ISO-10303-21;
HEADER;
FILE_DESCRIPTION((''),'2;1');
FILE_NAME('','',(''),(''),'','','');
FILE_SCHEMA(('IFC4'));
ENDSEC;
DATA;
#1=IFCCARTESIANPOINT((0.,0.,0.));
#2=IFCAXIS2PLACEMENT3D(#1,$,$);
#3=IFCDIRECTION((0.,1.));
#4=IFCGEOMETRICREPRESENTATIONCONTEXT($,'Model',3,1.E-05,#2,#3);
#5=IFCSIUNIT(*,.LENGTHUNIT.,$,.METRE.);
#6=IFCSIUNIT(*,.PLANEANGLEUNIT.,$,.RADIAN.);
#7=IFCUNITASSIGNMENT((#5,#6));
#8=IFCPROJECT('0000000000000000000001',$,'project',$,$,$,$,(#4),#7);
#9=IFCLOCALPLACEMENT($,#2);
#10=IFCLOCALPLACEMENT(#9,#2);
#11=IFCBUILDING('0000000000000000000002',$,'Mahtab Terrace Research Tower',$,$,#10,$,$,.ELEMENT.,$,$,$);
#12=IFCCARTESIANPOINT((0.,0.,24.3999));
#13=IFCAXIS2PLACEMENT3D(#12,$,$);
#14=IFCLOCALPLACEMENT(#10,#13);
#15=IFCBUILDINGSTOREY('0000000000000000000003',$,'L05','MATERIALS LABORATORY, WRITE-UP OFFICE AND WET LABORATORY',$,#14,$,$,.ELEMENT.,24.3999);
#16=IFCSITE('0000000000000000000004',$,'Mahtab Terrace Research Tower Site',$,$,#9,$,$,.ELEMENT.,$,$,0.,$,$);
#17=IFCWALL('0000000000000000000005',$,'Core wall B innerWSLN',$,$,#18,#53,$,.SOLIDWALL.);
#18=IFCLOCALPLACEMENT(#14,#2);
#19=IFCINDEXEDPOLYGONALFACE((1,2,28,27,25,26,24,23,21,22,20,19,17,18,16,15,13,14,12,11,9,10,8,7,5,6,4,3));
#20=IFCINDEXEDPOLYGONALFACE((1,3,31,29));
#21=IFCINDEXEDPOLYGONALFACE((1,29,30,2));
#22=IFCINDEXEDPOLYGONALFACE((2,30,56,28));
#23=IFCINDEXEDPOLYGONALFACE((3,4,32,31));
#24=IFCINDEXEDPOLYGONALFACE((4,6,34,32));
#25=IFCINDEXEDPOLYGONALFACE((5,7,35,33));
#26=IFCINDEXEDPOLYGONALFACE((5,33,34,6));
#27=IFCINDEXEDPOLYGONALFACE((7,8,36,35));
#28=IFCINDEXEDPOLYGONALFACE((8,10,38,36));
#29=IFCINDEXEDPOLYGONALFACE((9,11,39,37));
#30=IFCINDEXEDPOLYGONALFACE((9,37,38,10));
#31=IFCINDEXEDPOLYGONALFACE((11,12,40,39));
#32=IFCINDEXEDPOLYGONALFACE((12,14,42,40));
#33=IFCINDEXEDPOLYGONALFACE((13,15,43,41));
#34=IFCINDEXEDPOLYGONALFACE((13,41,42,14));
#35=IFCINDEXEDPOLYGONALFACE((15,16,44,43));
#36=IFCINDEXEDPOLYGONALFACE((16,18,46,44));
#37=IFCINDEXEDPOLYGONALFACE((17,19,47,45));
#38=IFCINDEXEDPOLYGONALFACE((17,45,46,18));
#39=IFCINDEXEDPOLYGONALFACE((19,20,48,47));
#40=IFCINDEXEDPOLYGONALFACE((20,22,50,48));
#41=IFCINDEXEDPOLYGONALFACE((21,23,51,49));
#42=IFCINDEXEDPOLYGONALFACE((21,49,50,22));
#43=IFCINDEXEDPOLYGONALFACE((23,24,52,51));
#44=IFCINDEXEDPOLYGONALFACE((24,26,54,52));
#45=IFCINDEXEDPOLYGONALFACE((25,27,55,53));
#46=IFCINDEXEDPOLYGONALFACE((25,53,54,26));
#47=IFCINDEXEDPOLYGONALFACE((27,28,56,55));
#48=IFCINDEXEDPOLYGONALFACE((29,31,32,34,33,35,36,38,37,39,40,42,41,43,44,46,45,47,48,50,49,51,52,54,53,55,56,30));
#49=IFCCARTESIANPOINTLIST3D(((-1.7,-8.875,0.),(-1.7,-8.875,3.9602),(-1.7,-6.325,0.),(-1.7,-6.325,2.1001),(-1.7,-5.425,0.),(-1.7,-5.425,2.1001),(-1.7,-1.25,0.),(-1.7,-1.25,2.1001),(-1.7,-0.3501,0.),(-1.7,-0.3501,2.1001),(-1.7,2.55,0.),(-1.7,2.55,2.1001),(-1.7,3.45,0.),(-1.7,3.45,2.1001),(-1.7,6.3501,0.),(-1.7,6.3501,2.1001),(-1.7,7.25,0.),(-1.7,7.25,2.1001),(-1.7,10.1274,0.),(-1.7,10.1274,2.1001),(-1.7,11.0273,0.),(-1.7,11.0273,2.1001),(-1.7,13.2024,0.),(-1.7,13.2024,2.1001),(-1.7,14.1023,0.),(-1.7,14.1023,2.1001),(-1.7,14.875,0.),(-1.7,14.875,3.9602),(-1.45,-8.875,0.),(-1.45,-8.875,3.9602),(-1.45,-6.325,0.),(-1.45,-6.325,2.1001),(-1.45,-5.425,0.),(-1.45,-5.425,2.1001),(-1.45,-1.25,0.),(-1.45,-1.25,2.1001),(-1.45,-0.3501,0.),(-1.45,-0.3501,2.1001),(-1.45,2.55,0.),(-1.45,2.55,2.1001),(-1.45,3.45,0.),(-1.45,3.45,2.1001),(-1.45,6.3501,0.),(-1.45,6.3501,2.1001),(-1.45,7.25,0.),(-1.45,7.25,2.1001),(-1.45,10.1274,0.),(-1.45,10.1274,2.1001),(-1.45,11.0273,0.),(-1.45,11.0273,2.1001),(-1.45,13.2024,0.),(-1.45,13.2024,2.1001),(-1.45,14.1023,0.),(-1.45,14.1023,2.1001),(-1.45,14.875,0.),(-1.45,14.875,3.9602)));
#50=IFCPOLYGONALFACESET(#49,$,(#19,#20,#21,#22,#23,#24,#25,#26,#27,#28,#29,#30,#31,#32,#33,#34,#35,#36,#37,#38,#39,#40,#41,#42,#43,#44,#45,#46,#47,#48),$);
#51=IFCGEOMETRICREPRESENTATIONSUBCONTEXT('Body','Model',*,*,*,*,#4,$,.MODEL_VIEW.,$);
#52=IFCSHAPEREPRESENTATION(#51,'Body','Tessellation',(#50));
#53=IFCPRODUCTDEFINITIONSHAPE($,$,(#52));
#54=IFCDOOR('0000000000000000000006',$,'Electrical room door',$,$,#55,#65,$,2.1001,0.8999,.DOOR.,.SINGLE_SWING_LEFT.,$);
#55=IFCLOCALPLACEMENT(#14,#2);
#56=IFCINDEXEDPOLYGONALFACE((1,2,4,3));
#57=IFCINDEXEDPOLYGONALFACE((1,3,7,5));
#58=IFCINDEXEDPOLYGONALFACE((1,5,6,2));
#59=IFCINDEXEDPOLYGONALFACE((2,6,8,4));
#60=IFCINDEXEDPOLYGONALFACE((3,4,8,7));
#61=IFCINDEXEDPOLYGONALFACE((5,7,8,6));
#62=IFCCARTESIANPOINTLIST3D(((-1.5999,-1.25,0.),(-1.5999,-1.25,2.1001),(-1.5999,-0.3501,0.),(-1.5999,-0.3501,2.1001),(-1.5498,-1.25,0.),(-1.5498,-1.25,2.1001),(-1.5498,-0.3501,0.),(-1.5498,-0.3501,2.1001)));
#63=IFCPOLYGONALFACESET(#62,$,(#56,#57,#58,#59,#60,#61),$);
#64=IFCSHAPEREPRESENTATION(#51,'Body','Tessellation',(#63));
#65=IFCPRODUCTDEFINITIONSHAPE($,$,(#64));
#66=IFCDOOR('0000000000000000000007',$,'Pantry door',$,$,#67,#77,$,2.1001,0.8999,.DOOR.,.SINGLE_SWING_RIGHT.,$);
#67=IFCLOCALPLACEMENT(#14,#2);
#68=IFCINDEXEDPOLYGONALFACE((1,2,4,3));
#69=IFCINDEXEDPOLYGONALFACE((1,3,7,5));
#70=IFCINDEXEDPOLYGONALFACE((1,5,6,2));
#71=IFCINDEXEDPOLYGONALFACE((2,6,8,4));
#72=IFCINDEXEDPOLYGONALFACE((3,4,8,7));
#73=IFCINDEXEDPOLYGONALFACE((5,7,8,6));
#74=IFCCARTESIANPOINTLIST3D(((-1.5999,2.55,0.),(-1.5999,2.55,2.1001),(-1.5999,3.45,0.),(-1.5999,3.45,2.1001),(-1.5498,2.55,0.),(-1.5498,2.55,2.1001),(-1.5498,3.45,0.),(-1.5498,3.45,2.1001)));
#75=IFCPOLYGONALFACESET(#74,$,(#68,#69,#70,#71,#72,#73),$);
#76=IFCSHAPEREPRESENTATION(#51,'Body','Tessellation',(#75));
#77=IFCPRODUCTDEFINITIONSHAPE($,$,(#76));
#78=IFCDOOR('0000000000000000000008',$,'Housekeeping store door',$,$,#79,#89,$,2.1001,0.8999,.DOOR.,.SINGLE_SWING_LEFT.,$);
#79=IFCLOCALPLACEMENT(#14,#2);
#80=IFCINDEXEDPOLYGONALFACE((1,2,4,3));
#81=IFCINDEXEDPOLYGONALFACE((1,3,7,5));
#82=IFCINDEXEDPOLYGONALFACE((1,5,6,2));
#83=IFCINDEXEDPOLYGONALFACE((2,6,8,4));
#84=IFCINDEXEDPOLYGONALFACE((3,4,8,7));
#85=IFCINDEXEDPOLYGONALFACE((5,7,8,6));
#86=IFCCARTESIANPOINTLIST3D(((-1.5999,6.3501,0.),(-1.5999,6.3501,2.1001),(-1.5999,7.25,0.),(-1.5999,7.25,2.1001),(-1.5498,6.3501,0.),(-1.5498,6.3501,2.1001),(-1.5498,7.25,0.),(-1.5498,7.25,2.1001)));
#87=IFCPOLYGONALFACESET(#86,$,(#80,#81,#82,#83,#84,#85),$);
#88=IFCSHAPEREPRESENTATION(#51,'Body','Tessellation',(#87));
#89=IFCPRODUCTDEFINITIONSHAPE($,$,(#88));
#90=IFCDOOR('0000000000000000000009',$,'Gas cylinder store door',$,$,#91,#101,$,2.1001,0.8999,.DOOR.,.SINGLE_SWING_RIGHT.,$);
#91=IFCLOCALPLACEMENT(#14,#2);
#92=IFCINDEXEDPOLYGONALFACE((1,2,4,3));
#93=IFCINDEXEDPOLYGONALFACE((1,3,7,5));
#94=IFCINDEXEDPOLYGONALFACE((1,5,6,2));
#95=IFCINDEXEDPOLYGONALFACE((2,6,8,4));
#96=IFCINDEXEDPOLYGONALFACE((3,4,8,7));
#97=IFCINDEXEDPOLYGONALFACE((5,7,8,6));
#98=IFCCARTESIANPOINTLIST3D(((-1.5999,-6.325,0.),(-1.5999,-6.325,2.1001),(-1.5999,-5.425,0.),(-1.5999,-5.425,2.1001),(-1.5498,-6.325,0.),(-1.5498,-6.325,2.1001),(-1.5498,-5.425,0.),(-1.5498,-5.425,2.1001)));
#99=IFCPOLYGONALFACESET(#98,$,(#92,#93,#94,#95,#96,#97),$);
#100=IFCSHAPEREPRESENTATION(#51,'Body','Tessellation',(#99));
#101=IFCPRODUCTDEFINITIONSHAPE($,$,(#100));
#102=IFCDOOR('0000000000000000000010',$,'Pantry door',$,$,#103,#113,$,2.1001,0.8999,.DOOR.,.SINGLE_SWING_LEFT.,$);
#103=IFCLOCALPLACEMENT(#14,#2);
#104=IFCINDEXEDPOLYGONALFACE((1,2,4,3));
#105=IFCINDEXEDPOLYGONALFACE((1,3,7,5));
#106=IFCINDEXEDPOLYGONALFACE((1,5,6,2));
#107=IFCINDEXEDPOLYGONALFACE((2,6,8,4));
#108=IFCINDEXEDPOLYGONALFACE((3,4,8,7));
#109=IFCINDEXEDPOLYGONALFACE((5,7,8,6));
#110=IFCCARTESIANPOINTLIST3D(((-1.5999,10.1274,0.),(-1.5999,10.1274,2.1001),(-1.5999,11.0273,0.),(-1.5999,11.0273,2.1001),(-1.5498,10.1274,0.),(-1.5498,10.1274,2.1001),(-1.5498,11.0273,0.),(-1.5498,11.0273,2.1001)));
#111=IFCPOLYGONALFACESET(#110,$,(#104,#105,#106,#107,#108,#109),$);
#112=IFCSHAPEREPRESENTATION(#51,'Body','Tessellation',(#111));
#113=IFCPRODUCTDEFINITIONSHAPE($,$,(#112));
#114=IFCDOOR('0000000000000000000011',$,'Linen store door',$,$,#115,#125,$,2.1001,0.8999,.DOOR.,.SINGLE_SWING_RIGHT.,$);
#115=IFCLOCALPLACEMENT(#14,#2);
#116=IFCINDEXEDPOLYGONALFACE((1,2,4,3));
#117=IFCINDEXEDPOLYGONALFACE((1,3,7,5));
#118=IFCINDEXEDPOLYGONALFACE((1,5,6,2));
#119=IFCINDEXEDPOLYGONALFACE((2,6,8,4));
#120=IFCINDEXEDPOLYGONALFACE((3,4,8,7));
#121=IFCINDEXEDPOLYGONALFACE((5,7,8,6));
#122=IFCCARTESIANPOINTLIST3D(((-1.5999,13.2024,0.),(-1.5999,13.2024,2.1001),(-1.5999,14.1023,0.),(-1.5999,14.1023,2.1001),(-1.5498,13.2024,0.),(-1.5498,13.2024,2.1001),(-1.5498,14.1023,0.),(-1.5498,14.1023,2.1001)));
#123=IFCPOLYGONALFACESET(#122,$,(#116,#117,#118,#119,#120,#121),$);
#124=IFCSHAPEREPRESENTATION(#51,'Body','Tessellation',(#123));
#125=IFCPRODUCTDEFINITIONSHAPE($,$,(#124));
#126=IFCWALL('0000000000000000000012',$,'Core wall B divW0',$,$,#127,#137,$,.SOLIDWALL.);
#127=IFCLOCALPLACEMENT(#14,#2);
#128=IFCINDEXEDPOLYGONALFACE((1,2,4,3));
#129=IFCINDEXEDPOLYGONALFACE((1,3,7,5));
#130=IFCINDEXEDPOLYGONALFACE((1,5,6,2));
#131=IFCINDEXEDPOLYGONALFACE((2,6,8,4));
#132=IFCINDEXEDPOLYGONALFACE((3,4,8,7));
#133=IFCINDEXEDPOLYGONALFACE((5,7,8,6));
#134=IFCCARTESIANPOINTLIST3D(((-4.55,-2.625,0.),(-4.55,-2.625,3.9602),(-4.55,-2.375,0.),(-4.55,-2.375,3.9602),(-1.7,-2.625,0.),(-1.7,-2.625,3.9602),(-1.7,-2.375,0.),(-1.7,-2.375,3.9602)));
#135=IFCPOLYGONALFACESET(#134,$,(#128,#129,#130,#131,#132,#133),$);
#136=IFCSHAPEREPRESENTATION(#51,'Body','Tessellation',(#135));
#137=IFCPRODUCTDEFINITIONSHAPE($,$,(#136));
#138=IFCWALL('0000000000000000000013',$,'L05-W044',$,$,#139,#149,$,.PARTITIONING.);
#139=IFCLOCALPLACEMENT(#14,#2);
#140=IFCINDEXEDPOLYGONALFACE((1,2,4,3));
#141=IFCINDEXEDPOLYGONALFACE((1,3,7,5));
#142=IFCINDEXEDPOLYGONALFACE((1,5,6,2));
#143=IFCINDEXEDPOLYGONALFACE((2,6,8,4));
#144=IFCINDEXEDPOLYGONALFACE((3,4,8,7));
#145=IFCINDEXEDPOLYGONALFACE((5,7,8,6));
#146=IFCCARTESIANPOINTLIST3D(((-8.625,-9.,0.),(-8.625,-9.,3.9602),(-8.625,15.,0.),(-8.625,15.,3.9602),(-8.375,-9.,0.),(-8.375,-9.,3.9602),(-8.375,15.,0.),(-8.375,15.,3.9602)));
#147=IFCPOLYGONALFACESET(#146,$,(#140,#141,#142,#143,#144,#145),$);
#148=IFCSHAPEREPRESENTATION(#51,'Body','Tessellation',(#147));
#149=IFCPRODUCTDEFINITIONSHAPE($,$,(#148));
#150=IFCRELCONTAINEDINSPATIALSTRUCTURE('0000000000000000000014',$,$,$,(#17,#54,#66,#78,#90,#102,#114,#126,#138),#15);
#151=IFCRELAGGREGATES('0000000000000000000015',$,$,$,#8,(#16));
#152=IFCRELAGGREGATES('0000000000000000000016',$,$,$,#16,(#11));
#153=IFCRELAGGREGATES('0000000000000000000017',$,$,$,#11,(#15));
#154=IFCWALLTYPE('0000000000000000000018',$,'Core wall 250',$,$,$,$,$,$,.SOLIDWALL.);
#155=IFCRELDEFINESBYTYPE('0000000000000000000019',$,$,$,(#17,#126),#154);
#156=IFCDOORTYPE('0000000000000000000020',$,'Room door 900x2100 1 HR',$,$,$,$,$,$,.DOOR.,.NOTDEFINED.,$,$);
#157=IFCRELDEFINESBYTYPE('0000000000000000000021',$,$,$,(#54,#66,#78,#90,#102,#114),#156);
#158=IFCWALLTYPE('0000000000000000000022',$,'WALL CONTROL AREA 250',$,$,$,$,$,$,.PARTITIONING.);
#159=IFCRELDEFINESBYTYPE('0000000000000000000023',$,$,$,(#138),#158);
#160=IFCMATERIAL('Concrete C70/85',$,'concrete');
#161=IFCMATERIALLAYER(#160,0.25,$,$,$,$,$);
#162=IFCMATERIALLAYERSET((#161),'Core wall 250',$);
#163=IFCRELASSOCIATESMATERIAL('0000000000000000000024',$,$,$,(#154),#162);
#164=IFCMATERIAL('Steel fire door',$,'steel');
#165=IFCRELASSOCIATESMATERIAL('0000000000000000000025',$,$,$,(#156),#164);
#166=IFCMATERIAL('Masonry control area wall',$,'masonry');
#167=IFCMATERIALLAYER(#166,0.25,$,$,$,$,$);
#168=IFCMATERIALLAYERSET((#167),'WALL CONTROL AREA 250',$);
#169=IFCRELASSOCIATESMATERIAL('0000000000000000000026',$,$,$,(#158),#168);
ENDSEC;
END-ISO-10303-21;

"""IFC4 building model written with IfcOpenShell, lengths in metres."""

from ifc_helpers import new_model, si_unit, direction, frame, frame_2d, origin, place, context, subcontext, project, spatial, rectangle, extrude, material, layer, layer_set, type_object, element, fill, save


model = new_model("IFC4")

# Units and contexts
model_context = context("Model", 3, precision=1e-05, world=origin(), true_north=direction((0.0, 1.0)))
body_context = subcontext(model_context, "Body", "Model", "MODEL_VIEW")
ifc_project = project(units=[si_unit("LENGTHUNIT", "METRE"), si_unit("PLANEANGLEUNIT", "RADIAN")], contexts=[model_context])

# Site, building, storey
site_placement = place(None, origin())
site = spatial("IfcSite", under=ifc_project, at=site_placement, Name="Mahtab Terrace Research Tower Site", CompositionType="ELEMENT", RefElevation=0.0)
building_placement = place(site_placement, origin())
building = spatial("IfcBuilding", under=site, at=building_placement, Name="Mahtab Terrace Research Tower", CompositionType="ELEMENT")
storey_placement = place(building_placement, frame((0.0, 0.0, 24.3999)))
storey = spatial("IfcBuildingStorey", under=building, at=storey_placement, Name="L05", Description="MATERIALS LABORATORY, WRITE-UP OFFICE AND WET LABORATORY", CompositionType="ELEMENT", Elevation=24.3999)

# Shared definitions
ifc_material_1 = material(Name="Concrete C70/85", Category="concrete")

# Wall, openings, doors
ifc_layer_1 = layer(ifc_material_1, 0.25)
ifc_layer_set_1 = layer_set([ifc_layer_1], Name="Core wall 250")
wall_type_1 = type_object("IfcWallType", Name="Core wall 250", PredefinedType="SOLIDWALL", material=ifc_layer_set_1)
wall_1_placement = place(storey_placement, frame((-1.575, -8.875, 0.0), z_axis=(0.0, 0.0, 1.0), x_axis=(0.0, 1.0, 0.0)))
wall_1 = element("IfcWall", 1, at=wall_1_placement, inside=storey, type_object=wall_type_1, Name="Core wall B innerWSLN", PredefinedType="SOLIDWALL", context=body_context, shape_type="SweptSolid", body=[
    extrude(rectangle(XDim=23.75, YDim=0.25, at=frame_2d((11.875, 0.0))), origin(), (0.0, 0.0, 1.0), 3.9602),
])
opening_1_placement = place(wall_1_placement, frame((7.625, 0.0, 0.0)))
opening_1 = element("IfcOpeningElement", 2, at=opening_1_placement, cuts=wall_1, PredefinedType="OPENING", context=body_context, shape_type="SweptSolid", body=[
    extrude(rectangle(XDim=0.8999, YDim=2.1001, at=frame_2d((0.45, 1.05))), frame((0.0, 0.135, 0.0), z_axis=(0.0, -1.0, 0.0), x_axis=(1.0, 0.0, 0.0)), (0.0, 0.0, 1.0), 0.27),
])
opening_2_placement = place(wall_1_placement, frame((11.425, 0.0, 0.0)))
opening_2 = element("IfcOpeningElement", 3, at=opening_2_placement, cuts=wall_1, PredefinedType="OPENING", context=body_context, shape_type="SweptSolid", body=[
    extrude(rectangle(XDim=0.8999, YDim=2.1001, at=frame_2d((0.45, 1.05))), frame((0.0, 0.135, 0.0), z_axis=(0.0, -1.0, 0.0), x_axis=(1.0, 0.0, 0.0)), (0.0, 0.0, 1.0), 0.27),
])
opening_3_placement = place(wall_1_placement, frame((15.2251, 0.0, 0.0)))
opening_3 = element("IfcOpeningElement", 4, at=opening_3_placement, cuts=wall_1, PredefinedType="OPENING", context=body_context, shape_type="SweptSolid", body=[
    extrude(rectangle(XDim=0.8999, YDim=2.1001, at=frame_2d((0.45, 1.05))), frame((0.0, 0.135, 0.0), z_axis=(0.0, -1.0, 0.0), x_axis=(1.0, 0.0, 0.0)), (0.0, 0.0, 1.0), 0.27),
])
opening_4_placement = place(wall_1_placement, frame((2.55, 0.0, 0.0)))
opening_4 = element("IfcOpeningElement", 5, at=opening_4_placement, cuts=wall_1, PredefinedType="OPENING", context=body_context, shape_type="SweptSolid", body=[
    extrude(rectangle(XDim=0.8999, YDim=2.1001, at=frame_2d((0.45, 1.05))), frame((0.0, 0.135, 0.0), z_axis=(0.0, -1.0, 0.0), x_axis=(1.0, 0.0, 0.0)), (0.0, 0.0, 1.0), 0.27),
])
opening_5_placement = place(wall_1_placement, frame((19.0024, 0.0, 0.0)))
opening_5 = element("IfcOpeningElement", 6, at=opening_5_placement, cuts=wall_1, PredefinedType="OPENING", context=body_context, shape_type="SweptSolid", body=[
    extrude(rectangle(XDim=0.8999, YDim=2.1001, at=frame_2d((0.45, 1.05))), frame((0.0, 0.135, 0.0), z_axis=(0.0, -1.0, 0.0), x_axis=(1.0, 0.0, 0.0)), (0.0, 0.0, 1.0), 0.27),
])
opening_6_placement = place(wall_1_placement, frame((22.0774, 0.0, 0.0)))
opening_6 = element("IfcOpeningElement", 7, at=opening_6_placement, cuts=wall_1, PredefinedType="OPENING", context=body_context, shape_type="SweptSolid", body=[
    extrude(rectangle(XDim=0.8999, YDim=2.1001, at=frame_2d((0.45, 1.05))), frame((0.0, 0.135, 0.0), z_axis=(0.0, -1.0, 0.0), x_axis=(1.0, 0.0, 0.0)), (0.0, 0.0, 1.0), 0.27),
])
ifc_material_2 = material(Name="Steel fire door", Category="steel")
door_type_1 = type_object("IfcDoorType", Name="Room door 900x2100 1 HR", OperationType="NOTDEFINED", PredefinedType="DOOR", material=ifc_material_2)
door_1_placement = place(opening_1_placement, origin())
door_1 = element("IfcDoor", 8, at=door_1_placement, inside=storey, type_object=door_type_1, Name="Electrical room door", OperationType="SINGLE_SWING_LEFT", OverallHeight=2.1001, OverallWidth=0.8999, PredefinedType="DOOR", context=body_context, shape_type="SweptSolid", body=[
    extrude(rectangle(XDim=0.8999, YDim=2.1001, at=frame_2d((0.45, 1.05))), frame((0.0, 0.0249, 0.0), z_axis=(0.0, -1.0, 0.0), x_axis=(1.0, 0.0, 0.0)), (0.0, 0.0, 1.0), 0.05),
])
fill(opening_1, door_1)
door_2_placement = place(opening_2_placement, origin())
door_2 = element("IfcDoor", 9, at=door_2_placement, inside=storey, type_object=door_type_1, Name="Pantry door", OperationType="SINGLE_SWING_RIGHT", OverallHeight=2.1001, OverallWidth=0.8999, PredefinedType="DOOR", context=body_context, shape_type="SweptSolid", body=[
    extrude(rectangle(XDim=0.8999, YDim=2.1001, at=frame_2d((0.45, 1.05))), frame((0.0, 0.0249, 0.0), z_axis=(0.0, -1.0, 0.0), x_axis=(1.0, 0.0, 0.0)), (0.0, 0.0, 1.0), 0.05),
])
fill(opening_2, door_2)
door_3_placement = place(opening_3_placement, origin())
door_3 = element("IfcDoor", 10, at=door_3_placement, inside=storey, type_object=door_type_1, Name="Housekeeping store door", OperationType="SINGLE_SWING_LEFT", OverallHeight=2.1001, OverallWidth=0.8999, PredefinedType="DOOR", context=body_context, shape_type="SweptSolid", body=[
    extrude(rectangle(XDim=0.8999, YDim=2.1001, at=frame_2d((0.45, 1.05))), frame((0.0, 0.0249, 0.0), z_axis=(0.0, -1.0, 0.0), x_axis=(1.0, 0.0, 0.0)), (0.0, 0.0, 1.0), 0.05),
])
fill(opening_3, door_3)
door_4_placement = place(opening_4_placement, origin())
door_4 = element("IfcDoor", 11, at=door_4_placement, inside=storey, type_object=door_type_1, Name="Gas cylinder store door", OperationType="SINGLE_SWING_RIGHT", OverallHeight=2.1001, OverallWidth=0.8999, PredefinedType="DOOR", context=body_context, shape_type="SweptSolid", body=[
    extrude(rectangle(XDim=0.8999, YDim=2.1001, at=frame_2d((0.45, 1.05))), frame((0.0, 0.0249, 0.0), z_axis=(0.0, -1.0, 0.0), x_axis=(1.0, 0.0, 0.0)), (0.0, 0.0, 1.0), 0.05),
])
fill(opening_4, door_4)
door_5_placement = place(opening_5_placement, origin())
door_5 = element("IfcDoor", 12, at=door_5_placement, inside=storey, type_object=door_type_1, Name="Pantry door", OperationType="SINGLE_SWING_LEFT", OverallHeight=2.1001, OverallWidth=0.8999, PredefinedType="DOOR", context=body_context, shape_type="SweptSolid", body=[
    extrude(rectangle(XDim=0.8999, YDim=2.1001, at=frame_2d((0.45, 1.05))), frame((0.0, 0.0249, 0.0), z_axis=(0.0, -1.0, 0.0), x_axis=(1.0, 0.0, 0.0)), (0.0, 0.0, 1.0), 0.05),
])
fill(opening_5, door_5)
door_6_placement = place(opening_6_placement, origin())
door_6 = element("IfcDoor", 13, at=door_6_placement, inside=storey, type_object=door_type_1, Name="Linen store door", OperationType="SINGLE_SWING_RIGHT", OverallHeight=2.1001, OverallWidth=0.8999, PredefinedType="DOOR", context=body_context, shape_type="SweptSolid", body=[
    extrude(rectangle(XDim=0.8999, YDim=2.1001, at=frame_2d((0.45, 1.05))), frame((0.0, 0.0249, 0.0), z_axis=(0.0, -1.0, 0.0), x_axis=(1.0, 0.0, 0.0)), (0.0, 0.0, 1.0), 0.05),
])
fill(opening_6, door_6)

# Walls
wall_2_placement = place(storey_placement, frame((-4.55, -2.5, 0.0), z_axis=(0.0, 0.0, 1.0), x_axis=(1.0, 0.0, 0.0)))
element("IfcWall", 14, at=wall_2_placement, inside=storey, type_object=wall_type_1, Name="Core wall B divW0", PredefinedType="SOLIDWALL", context=body_context, shape_type="SweptSolid", body=[
    extrude(rectangle(XDim=2.8501, YDim=0.25, at=frame_2d((1.425, 0.0))), origin(), (0.0, 0.0, 1.0), 3.9602),
])
ifc_material_3 = material(Name="Masonry control area wall", Category="masonry")
ifc_layer_2 = layer(ifc_material_3, 0.25)
ifc_layer_set_2 = layer_set([ifc_layer_2], Name="WALL CONTROL AREA 250")
wall_type_2 = type_object("IfcWallType", Name="WALL CONTROL AREA 250", PredefinedType="PARTITIONING", material=ifc_layer_set_2)
wall_3_placement = place(storey_placement, frame((-8.5, -9.0, 0.0), z_axis=(0.0, 0.0, 1.0), x_axis=(0.0, 1.0, 0.0)))
element("IfcWall", 15, at=wall_3_placement, inside=storey, type_object=wall_type_2, Name="L05-W044", PredefinedType="PARTITIONING", context=body_context, shape_type="SweptSolid", body=[
    extrude(rectangle(XDim=24.0, YDim=0.25, at=frame_2d((12.0, 0.0))), origin(), (0.0, 0.0, 1.0), 3.9602),
])

save(model, "model.ifc")
